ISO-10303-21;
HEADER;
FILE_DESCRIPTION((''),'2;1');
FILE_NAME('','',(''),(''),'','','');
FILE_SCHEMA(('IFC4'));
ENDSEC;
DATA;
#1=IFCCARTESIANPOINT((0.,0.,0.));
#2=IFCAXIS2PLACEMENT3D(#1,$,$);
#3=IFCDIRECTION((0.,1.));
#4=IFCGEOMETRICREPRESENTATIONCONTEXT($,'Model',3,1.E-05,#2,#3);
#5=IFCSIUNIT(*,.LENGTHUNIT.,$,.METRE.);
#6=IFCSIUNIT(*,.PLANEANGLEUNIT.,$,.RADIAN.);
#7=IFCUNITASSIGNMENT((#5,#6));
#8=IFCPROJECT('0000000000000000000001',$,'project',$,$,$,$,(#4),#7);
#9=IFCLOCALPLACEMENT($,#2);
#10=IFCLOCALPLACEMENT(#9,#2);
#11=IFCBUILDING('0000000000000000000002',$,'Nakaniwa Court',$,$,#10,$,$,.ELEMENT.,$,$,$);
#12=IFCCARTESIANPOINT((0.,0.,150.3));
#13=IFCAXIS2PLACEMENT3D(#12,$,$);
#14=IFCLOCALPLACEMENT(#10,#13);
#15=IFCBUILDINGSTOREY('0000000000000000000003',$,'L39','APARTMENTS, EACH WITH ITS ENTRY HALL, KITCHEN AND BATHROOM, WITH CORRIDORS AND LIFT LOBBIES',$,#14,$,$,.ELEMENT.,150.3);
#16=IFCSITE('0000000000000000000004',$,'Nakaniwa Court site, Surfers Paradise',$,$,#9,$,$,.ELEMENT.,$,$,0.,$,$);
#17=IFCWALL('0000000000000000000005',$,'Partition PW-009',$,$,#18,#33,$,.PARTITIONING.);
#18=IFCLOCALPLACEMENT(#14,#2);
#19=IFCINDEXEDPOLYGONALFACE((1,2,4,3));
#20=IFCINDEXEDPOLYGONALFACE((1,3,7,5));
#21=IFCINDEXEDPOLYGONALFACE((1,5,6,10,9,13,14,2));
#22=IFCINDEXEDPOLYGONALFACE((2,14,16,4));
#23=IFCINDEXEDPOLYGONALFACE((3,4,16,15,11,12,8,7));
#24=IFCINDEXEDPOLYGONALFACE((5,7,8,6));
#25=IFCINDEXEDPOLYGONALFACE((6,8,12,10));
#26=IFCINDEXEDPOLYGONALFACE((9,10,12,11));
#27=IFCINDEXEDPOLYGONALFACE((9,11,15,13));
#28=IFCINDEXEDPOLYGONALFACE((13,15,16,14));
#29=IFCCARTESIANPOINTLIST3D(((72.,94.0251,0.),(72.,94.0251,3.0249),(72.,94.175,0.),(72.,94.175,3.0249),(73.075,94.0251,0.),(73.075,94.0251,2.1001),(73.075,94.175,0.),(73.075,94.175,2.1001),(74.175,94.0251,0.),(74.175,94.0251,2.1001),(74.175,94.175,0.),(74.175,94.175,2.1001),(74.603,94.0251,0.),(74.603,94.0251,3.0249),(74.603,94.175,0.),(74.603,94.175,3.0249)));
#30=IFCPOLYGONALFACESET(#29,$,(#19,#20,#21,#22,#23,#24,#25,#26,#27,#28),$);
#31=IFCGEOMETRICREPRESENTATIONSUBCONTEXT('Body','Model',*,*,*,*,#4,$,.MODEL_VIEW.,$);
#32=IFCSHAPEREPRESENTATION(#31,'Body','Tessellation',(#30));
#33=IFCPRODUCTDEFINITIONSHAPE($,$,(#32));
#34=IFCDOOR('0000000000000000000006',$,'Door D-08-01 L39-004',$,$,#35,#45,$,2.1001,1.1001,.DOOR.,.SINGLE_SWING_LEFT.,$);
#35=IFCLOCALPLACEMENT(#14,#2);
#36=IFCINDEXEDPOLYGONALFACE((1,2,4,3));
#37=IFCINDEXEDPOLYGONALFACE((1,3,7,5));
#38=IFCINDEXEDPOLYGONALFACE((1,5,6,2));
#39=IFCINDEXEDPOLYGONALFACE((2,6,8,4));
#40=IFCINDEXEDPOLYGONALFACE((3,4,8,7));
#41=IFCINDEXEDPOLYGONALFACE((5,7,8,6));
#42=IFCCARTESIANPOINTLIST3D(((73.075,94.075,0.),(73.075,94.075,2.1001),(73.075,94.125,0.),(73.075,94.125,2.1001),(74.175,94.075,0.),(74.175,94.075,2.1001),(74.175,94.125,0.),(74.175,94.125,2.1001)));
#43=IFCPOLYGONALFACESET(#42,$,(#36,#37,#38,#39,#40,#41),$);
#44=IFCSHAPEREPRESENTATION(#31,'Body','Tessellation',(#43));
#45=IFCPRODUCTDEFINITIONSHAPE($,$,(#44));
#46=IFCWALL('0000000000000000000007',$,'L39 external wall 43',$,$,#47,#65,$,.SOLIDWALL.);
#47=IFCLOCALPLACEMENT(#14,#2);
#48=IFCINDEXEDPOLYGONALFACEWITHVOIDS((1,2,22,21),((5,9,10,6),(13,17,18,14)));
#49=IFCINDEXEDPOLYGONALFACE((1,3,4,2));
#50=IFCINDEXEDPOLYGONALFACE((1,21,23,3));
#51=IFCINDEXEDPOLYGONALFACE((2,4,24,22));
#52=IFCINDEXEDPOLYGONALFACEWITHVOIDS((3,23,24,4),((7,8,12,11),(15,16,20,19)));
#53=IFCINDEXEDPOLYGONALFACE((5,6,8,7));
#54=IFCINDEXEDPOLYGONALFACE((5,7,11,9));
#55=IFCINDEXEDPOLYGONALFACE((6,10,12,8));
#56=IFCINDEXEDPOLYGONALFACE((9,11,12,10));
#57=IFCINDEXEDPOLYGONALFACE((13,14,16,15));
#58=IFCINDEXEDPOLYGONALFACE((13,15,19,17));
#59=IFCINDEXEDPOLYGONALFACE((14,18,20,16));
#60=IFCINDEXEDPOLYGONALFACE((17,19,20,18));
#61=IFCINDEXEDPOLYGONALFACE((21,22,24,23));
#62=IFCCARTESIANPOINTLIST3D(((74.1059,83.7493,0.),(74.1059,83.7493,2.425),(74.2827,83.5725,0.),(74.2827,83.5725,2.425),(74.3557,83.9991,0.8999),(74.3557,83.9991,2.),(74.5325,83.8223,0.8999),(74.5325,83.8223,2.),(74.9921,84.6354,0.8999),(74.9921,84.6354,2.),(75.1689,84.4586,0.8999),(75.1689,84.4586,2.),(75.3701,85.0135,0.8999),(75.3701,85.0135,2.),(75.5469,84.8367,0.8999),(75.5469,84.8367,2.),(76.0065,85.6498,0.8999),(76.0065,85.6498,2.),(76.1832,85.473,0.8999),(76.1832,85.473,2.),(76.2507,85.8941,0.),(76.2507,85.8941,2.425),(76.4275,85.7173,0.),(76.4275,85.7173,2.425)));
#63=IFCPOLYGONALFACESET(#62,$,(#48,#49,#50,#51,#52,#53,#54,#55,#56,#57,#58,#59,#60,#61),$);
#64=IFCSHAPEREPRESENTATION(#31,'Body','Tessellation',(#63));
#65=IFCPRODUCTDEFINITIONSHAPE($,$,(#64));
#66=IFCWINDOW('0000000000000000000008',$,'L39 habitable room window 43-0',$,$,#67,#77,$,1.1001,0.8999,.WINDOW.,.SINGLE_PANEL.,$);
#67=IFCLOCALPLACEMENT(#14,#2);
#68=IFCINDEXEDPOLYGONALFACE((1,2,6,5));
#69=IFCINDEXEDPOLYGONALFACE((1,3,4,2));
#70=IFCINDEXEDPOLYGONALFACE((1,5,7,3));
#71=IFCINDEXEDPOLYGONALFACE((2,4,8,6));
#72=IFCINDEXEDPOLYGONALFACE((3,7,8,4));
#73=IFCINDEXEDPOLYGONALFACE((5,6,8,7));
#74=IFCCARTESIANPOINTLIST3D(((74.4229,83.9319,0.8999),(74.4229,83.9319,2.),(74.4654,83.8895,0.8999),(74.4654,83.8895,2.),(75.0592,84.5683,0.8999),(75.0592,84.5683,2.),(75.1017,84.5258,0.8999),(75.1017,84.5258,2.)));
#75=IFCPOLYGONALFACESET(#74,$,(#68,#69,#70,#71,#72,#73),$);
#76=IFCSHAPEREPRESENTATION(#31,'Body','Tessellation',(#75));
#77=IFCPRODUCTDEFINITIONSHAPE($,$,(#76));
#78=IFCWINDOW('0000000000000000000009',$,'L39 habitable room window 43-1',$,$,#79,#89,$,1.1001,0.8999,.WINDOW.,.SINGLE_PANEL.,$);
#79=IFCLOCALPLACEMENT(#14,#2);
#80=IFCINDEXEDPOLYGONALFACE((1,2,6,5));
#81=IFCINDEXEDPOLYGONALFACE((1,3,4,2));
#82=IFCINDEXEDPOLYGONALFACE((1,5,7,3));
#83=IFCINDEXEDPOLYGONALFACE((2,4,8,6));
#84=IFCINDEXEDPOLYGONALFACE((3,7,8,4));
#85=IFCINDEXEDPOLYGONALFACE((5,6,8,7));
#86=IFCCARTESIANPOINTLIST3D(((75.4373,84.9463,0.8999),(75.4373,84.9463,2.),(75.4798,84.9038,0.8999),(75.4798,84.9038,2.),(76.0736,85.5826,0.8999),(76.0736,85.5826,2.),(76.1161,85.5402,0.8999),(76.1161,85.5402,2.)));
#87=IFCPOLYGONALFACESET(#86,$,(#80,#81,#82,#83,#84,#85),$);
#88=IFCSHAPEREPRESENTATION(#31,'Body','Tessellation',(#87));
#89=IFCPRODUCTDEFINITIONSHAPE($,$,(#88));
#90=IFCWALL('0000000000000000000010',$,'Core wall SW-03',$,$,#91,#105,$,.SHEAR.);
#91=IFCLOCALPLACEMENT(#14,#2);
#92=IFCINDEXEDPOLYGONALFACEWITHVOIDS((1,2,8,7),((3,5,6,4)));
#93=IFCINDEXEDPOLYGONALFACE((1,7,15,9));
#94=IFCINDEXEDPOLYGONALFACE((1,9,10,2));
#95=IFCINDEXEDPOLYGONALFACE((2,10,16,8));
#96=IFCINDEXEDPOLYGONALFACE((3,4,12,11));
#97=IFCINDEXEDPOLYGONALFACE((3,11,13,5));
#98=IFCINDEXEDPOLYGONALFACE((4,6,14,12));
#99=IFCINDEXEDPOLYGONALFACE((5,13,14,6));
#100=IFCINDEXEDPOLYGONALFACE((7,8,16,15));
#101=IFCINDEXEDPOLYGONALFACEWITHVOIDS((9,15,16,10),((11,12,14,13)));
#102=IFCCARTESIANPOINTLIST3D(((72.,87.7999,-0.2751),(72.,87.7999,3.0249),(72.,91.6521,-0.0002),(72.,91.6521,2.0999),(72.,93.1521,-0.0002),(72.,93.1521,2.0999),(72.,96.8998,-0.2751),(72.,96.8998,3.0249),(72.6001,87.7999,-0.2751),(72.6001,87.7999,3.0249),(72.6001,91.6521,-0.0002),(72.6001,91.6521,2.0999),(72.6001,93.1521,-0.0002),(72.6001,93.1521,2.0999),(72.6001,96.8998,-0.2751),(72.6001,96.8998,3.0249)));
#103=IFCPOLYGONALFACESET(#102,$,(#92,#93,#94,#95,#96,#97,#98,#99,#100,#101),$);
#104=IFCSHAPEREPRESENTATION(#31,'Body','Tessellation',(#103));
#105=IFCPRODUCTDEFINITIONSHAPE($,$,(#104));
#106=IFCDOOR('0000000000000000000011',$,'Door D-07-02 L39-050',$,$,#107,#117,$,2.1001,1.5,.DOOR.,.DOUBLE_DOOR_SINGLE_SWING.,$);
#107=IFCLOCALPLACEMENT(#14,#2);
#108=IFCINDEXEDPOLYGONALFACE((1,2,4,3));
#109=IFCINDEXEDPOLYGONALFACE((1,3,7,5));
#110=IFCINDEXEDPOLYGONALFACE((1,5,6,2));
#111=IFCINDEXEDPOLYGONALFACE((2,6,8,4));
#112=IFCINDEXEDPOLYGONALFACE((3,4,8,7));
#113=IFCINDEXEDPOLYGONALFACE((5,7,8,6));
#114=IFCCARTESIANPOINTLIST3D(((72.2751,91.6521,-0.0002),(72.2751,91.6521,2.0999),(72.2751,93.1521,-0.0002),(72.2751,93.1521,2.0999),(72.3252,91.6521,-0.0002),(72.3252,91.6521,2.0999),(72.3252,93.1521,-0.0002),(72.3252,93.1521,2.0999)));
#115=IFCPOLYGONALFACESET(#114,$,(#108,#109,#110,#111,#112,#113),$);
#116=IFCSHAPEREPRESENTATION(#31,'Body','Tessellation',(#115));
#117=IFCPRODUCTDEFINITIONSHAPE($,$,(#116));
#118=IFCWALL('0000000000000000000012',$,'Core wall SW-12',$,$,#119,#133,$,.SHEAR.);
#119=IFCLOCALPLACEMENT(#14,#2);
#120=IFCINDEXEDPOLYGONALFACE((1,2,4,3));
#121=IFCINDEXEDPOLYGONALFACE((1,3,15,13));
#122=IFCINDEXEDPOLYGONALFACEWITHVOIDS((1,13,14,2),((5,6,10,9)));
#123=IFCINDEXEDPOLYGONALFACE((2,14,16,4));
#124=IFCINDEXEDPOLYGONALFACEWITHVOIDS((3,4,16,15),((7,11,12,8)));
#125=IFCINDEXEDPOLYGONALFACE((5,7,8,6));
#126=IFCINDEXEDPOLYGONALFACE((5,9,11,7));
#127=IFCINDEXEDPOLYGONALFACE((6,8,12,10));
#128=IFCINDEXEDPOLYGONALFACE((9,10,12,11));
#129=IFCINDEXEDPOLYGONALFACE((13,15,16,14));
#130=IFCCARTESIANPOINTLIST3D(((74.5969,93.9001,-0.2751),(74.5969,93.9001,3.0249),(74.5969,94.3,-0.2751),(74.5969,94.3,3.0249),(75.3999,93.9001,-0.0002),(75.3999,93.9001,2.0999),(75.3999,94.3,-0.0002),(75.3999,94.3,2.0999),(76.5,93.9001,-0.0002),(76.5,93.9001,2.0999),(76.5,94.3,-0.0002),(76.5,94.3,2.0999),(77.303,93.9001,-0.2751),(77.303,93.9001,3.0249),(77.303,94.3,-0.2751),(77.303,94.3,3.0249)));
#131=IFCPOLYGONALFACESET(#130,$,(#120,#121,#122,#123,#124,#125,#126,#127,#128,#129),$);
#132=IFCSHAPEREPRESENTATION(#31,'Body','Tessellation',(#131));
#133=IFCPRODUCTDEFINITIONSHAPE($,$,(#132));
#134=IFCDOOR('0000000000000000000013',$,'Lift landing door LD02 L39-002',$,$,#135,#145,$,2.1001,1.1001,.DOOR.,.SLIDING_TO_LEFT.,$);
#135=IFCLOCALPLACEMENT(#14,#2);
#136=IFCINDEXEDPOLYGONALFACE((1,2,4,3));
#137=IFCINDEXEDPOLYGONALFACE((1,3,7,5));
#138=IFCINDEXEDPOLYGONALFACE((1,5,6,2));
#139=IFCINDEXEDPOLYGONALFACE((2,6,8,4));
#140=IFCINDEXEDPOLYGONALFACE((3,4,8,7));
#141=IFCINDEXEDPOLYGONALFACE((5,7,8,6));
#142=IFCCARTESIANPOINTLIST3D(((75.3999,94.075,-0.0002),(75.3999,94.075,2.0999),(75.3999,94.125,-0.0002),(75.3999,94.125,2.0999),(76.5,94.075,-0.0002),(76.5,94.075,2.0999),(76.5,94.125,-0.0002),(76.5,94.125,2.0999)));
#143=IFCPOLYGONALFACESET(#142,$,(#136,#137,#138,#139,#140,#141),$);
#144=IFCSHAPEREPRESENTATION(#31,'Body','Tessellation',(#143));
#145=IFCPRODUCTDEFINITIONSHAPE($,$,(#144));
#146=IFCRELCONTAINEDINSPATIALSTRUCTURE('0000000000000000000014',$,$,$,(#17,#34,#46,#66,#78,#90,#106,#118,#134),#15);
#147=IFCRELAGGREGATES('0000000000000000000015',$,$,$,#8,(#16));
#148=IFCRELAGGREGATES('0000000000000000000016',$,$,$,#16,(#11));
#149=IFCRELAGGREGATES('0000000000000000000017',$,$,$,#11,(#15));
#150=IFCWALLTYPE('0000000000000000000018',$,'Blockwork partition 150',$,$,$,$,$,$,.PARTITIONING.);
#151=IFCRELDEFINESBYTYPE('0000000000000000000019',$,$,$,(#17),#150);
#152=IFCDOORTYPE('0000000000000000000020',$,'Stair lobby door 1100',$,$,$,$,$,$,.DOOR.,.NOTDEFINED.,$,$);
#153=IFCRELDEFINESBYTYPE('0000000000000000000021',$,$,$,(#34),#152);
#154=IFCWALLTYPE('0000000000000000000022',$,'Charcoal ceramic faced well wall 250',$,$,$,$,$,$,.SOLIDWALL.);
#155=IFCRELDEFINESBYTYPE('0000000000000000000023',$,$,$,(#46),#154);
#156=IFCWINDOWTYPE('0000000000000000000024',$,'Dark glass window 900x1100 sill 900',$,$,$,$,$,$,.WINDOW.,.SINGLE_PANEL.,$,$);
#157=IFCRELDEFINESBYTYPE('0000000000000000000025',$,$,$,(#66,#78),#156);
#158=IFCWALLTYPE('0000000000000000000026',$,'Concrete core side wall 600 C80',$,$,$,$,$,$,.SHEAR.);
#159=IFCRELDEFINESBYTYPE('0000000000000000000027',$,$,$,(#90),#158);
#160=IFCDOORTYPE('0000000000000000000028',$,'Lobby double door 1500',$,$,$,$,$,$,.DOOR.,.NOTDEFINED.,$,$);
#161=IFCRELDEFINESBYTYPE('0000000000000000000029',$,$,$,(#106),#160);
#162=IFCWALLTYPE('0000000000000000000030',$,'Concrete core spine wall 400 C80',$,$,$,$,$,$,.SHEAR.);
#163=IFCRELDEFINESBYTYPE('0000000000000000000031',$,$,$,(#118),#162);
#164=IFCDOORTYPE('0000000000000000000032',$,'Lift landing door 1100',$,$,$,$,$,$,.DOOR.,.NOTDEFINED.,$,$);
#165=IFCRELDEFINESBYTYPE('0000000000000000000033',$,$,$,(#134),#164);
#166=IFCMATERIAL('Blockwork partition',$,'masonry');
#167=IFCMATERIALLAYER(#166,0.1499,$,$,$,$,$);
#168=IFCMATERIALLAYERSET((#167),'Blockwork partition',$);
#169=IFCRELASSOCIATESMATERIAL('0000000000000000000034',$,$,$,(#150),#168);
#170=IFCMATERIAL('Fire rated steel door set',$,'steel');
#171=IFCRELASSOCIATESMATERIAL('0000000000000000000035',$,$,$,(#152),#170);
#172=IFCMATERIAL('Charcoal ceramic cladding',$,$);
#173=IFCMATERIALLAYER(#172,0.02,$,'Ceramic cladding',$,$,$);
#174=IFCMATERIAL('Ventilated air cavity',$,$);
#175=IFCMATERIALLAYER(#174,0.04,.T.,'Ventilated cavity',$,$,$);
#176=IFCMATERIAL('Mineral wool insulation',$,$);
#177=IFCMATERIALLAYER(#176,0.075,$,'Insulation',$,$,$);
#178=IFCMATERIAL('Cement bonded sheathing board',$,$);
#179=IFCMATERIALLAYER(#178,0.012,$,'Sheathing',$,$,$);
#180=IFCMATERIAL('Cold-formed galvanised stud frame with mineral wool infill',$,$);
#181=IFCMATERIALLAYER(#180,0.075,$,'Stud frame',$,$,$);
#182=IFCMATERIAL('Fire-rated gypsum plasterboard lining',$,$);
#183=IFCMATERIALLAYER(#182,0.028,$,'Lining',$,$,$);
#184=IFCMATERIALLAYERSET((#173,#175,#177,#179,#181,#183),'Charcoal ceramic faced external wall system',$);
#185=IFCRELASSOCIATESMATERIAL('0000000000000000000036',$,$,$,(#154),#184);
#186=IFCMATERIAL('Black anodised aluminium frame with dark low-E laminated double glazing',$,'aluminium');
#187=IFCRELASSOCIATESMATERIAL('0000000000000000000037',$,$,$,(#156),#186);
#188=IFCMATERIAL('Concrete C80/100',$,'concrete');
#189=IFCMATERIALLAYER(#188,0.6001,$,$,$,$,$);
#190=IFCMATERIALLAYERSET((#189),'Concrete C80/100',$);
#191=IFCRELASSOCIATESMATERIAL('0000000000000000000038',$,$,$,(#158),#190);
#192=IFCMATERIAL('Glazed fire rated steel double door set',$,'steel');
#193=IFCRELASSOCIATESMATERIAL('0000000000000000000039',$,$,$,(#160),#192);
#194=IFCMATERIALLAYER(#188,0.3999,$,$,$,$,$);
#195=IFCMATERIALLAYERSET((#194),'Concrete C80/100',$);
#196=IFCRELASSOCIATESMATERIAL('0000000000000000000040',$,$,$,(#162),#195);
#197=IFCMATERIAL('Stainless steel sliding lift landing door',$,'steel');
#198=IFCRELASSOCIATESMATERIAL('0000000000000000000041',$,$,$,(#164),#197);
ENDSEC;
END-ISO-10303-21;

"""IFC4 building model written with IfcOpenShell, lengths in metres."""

from ifc_helpers import new_model, si_unit, direction, frame, frame_2d, origin, place, context, subcontext, project, spatial, rectangle, extrude, material, layer, layer_set, type_object, element, fill, save


model = new_model("IFC4")

# Units and contexts
model_context = context("Model", 3, precision=1e-05, world=origin(), true_north=direction((0.0, 1.0)))
body_context = subcontext(model_context, "Body", "Model", "MODEL_VIEW")
ifc_project = project(units=[si_unit("LENGTHUNIT", "METRE"), si_unit("PLANEANGLEUNIT", "RADIAN")], contexts=[model_context])

# Site, building, storey
site_placement = place(None, origin())
site = spatial("IfcSite", under=ifc_project, at=site_placement, Name="Nakaniwa Court site, Surfers Paradise", CompositionType="ELEMENT", RefElevation=0.0)
building_placement = place(site_placement, origin())
building = spatial("IfcBuilding", under=site, at=building_placement, Name="Nakaniwa Court", CompositionType="ELEMENT")
storey_placement = place(building_placement, frame((0.0, 0.0, 150.3)))
storey = spatial("IfcBuildingStorey", under=building, at=storey_placement, Name="L39", Description="APARTMENTS, EACH WITH ITS ENTRY HALL, KITCHEN AND BATHROOM, WITH CORRIDORS AND LIFT LOBBIES", CompositionType="ELEMENT", Elevation=150.3)

# Shared definitions
ifc_material_1 = material(Name="Concrete C80/100", Category="concrete")

# Shared definitions
ifc_material_2 = material(Name="Blockwork partition", Category="masonry")
ifc_layer_1 = layer(ifc_material_2, 0.1499)
ifc_layer_set_1 = layer_set([ifc_layer_1], Name="Blockwork partition")
wall_type_1 = type_object("IfcWallType", Name="Blockwork partition 150", PredefinedType="PARTITIONING", material=ifc_layer_set_1)

# Wall, opening, door
wall_1_placement = place(storey_placement, frame((72.0, 94.1001, 0.0), z_axis=(0.0, 0.0, 1.0), x_axis=(1.0, 0.0, 0.0)))
wall_1 = element("IfcWall", 1, at=wall_1_placement, inside=storey, type_object=wall_type_1, Name="Partition PW-009", PredefinedType="PARTITIONING", context=body_context, shape_type="SweptSolid", body=[
    extrude(rectangle(XDim=2.603, YDim=0.1499, at=frame_2d((1.3015, 0.0))), origin(), (0.0, 0.0, 1.0), 3.0249),
])
opening_1_placement = place(wall_1_placement, frame((1.075, 0.0, 0.0)))
opening_1 = element("IfcOpeningElement", 2, at=opening_1_placement, cuts=wall_1, PredefinedType="OPENING", context=body_context, shape_type="SweptSolid", body=[
    extrude(rectangle(XDim=1.1001, YDim=2.1001, at=frame_2d((0.55, 1.05))), frame((0.0, 0.085, 0.0), z_axis=(0.0, -1.0, 0.0), x_axis=(1.0, 0.0, 0.0)), (0.0, 0.0, 1.0), 0.1699),
])
ifc_material_3 = material(Name="Fire rated steel door set", Category="steel")
door_type_1 = type_object("IfcDoorType", Name="Stair lobby door 1100", OperationType="NOTDEFINED", PredefinedType="DOOR", material=ifc_material_3)
door_1_placement = place(opening_1_placement, origin())
door_1 = element("IfcDoor", 3, at=door_1_placement, inside=storey, type_object=door_type_1, Name="Door D-08-01 L39-004", OperationType="SINGLE_SWING_LEFT", OverallHeight=2.1001, OverallWidth=1.1001, PredefinedType="DOOR", context=body_context, shape_type="SweptSolid", body=[
    extrude(rectangle(XDim=1.1001, YDim=2.1001, at=frame_2d((0.55, 1.05))), frame((0.0, 0.0249, 0.0), z_axis=(0.0, -1.0, 0.0), x_axis=(1.0, 0.0, 0.0)), (0.0, 0.0, 1.0), 0.05),
])
fill(opening_1, door_1)

# Wall, openings, windows
ifc_material_4 = material(Name="Charcoal ceramic cladding")
ifc_layer_2 = layer(ifc_material_4, 0.02, Name="Ceramic cladding")
ifc_material_5 = material(Name="Ventilated air cavity")
ifc_layer_3 = layer(ifc_material_5, 0.04, ventilated=True, Name="Ventilated cavity")
ifc_material_6 = material(Name="Mineral wool insulation")
ifc_layer_4 = layer(ifc_material_6, 0.075, Name="Insulation")
ifc_material_7 = material(Name="Cement bonded sheathing board")
ifc_layer_5 = layer(ifc_material_7, 0.012, Name="Sheathing")
ifc_material_8 = material(Name="Cold-formed galvanised stud frame with mineral wool infill")
ifc_layer_6 = layer(ifc_material_8, 0.075, Name="Stud frame")
ifc_material_9 = material(Name="Fire-rated gypsum plasterboard lining")
ifc_layer_7 = layer(ifc_material_9, 0.028, Name="Lining")
ifc_layer_set_2 = layer_set([ifc_layer_2, ifc_layer_3, ifc_layer_4, ifc_layer_5, ifc_layer_6, ifc_layer_7], Name="Charcoal ceramic faced external wall system")
wall_type_2 = type_object("IfcWallType", Name="Charcoal ceramic faced well wall 250", PredefinedType="SOLIDWALL", material=ifc_layer_set_2)
wall_2_placement = place(storey_placement, frame((74.1943, 83.6609, 0.0), z_axis=(0.0, 0.0, 1.0), x_axis=(0.707107, 0.707107, 0.0)))
wall_2 = element("IfcWall", 4, at=wall_2_placement, inside=storey, type_object=wall_type_2, Name="L39 external wall 43", PredefinedType="SOLIDWALL", context=body_context, shape_type="SweptSolid", body=[
    extrude(rectangle(XDim=3.0332, YDim=0.25, at=frame_2d((1.5166, 0.0))), origin(), (0.0, 0.0, 1.0), 2.425),
])
opening_2_placement = place(wall_2_placement, frame((0.3533, 0.0, 0.8999)))
opening_2 = element("IfcOpeningElement", 5, at=opening_2_placement, cuts=wall_2, PredefinedType="OPENING", context=body_context, shape_type="SweptSolid", body=[
    extrude(rectangle(XDim=0.8999, YDim=1.1001, at=frame_2d((0.45, 0.55))), frame((0.0, 0.135, 0.0), z_axis=(0.0, -1.0, 0.0), x_axis=(1.0, 0.0, 0.0)), (0.0, 0.0, 1.0), 0.27),
])
opening_3_placement = place(wall_2_placement, frame((1.7878, 0.0, 0.8999)))
opening_3 = element("IfcOpeningElement", 6, at=opening_3_placement, cuts=wall_2, PredefinedType="OPENING", context=body_context, shape_type="SweptSolid", body=[
    extrude(rectangle(XDim=0.8999, YDim=1.1001, at=frame_2d((0.45, 0.55))), frame((0.0, 0.135, 0.0), z_axis=(0.0, -1.0, 0.0), x_axis=(1.0, 0.0, 0.0)), (0.0, 0.0, 1.0), 0.27),
])
ifc_material_10 = material(Name="Black anodised aluminium frame with dark low-E laminated double glazing", Category="aluminium")
window_type = type_object("IfcWindowType", Name="Dark glass window 900x1100 sill 900", PartitioningType="SINGLE_PANEL", PredefinedType="WINDOW", material=ifc_material_10)
window_1_placement = place(opening_2_placement, origin())
window_1 = element("IfcWindow", 7, at=window_1_placement, inside=storey, type_object=window_type, Name="L39 habitable room window 43-0", OverallHeight=1.1001, OverallWidth=0.8999, PartitioningType="SINGLE_PANEL", PredefinedType="WINDOW", context=body_context, shape_type="SweptSolid", body=[
    extrude(rectangle(XDim=0.8999, YDim=1.1001, at=frame_2d((0.45, 0.55))), frame((0.0, 0.03, 0.0), z_axis=(0.0, -1.0, 0.0), x_axis=(1.0, 0.0, 0.0)), (0.0, 0.0, 1.0), 0.0601),
])
fill(opening_2, window_1)
window_2_placement = place(opening_3_placement, origin())
window_2 = element("IfcWindow", 8, at=window_2_placement, inside=storey, type_object=window_type, Name="L39 habitable room window 43-1", OverallHeight=1.1001, OverallWidth=0.8999, PartitioningType="SINGLE_PANEL", PredefinedType="WINDOW", context=body_context, shape_type="SweptSolid", body=[
    extrude(rectangle(XDim=0.8999, YDim=1.1001, at=frame_2d((0.45, 0.55))), frame((0.0, 0.03, 0.0), z_axis=(0.0, -1.0, 0.0), x_axis=(1.0, 0.0, 0.0)), (0.0, 0.0, 1.0), 0.0601),
])
fill(opening_3, window_2)

# Walls, openings, doors
ifc_layer_8 = layer(ifc_material_1, 0.6001)
ifc_layer_set_3 = layer_set([ifc_layer_8], Name="Concrete C80/100")
wall_type_3 = type_object("IfcWallType", Name="Concrete core side wall 600 C80", PredefinedType="SHEAR", material=ifc_layer_set_3)
wall_3_placement = place(storey_placement, frame((72.3, 87.8, -0.2751), z_axis=(0.0, 0.0, 1.0), x_axis=(0.0, 1.0, 0.0)))
wall_3 = element("IfcWall", 9, at=wall_3_placement, inside=storey, type_object=wall_type_3, Name="Core wall SW-03", PredefinedType="SHEAR", context=body_context, shape_type="SweptSolid", body=[
    extrude(rectangle(XDim=9.0999, YDim=0.6001, at=frame_2d((4.5498, 0.0))), origin(), (0.0, 0.0, 1.0), 3.3),
])
opening_4_placement = place(wall_3_placement, frame((3.8521, 0.0, 0.2749)))
opening_4 = element("IfcOpeningElement", 10, at=opening_4_placement, cuts=wall_3, PredefinedType="OPENING", context=body_context, shape_type="SweptSolid", body=[
    extrude(rectangle(XDim=1.5, YDim=2.1001, at=frame_2d((0.75, 1.05))), frame((0.0, 0.3101, 0.0), z_axis=(0.0, -1.0, 0.0), x_axis=(1.0, 0.0, 0.0)), (0.0, 0.0, 1.0), 0.6201),
])
ifc_material_11 = material(Name="Glazed fire rated steel double door set", Category="steel")
door_type_2 = type_object("IfcDoorType", Name="Lobby double door 1500", OperationType="NOTDEFINED", PredefinedType="DOOR", material=ifc_material_11)
door_2_placement = place(opening_4_placement, origin())
door_2 = element("IfcDoor", 11, at=door_2_placement, inside=storey, type_object=door_type_2, Name="Door D-07-02 L39-050", OperationType="DOUBLE_DOOR_SINGLE_SWING", OverallHeight=2.1001, OverallWidth=1.5, PredefinedType="DOOR", context=body_context, shape_type="SweptSolid", body=[
    extrude(rectangle(XDim=1.5, YDim=2.1001, at=frame_2d((0.75, 1.05))), frame((0.0, 0.0249, 0.0), z_axis=(0.0, -1.0, 0.0), x_axis=(1.0, 0.0, 0.0)), (0.0, 0.0, 1.0), 0.05),
])
fill(opening_4, door_2)
ifc_layer_9 = layer(ifc_material_1, 0.3999)
ifc_layer_set_4 = layer_set([ifc_layer_9], Name="Concrete C80/100")
wall_type_4 = type_object("IfcWallType", Name="Concrete core spine wall 400 C80", PredefinedType="SHEAR", material=ifc_layer_set_4)
wall_4_placement = place(storey_placement, frame((74.5969, 94.1001, -0.2751), z_axis=(0.0, 0.0, 1.0), x_axis=(1.0, 0.0, 0.0)))
wall_4 = element("IfcWall", 12, at=wall_4_placement, inside=storey, type_object=wall_type_4, Name="Core wall SW-12", PredefinedType="SHEAR", context=body_context, shape_type="SweptSolid", body=[
    extrude(rectangle(XDim=2.7061, YDim=0.3999, at=frame_2d((1.353, 0.0))), origin(), (0.0, 0.0, 1.0), 3.3),
])
opening_5_placement = place(wall_4_placement, frame((0.803, 0.0, 0.2749)))
opening_5 = element("IfcOpeningElement", 13, at=opening_5_placement, cuts=wall_4, PredefinedType="OPENING", context=body_context, shape_type="SweptSolid", body=[
    extrude(rectangle(XDim=1.1001, YDim=2.1001, at=frame_2d((0.55, 1.05))), frame((0.0, 0.21, 0.0), z_axis=(0.0, -1.0, 0.0), x_axis=(1.0, 0.0, 0.0)), (0.0, 0.0, 1.0), 0.4199),
])
ifc_material_12 = material(Name="Stainless steel sliding lift landing door", Category="steel")
door_type_3 = type_object("IfcDoorType", Name="Lift landing door 1100", OperationType="NOTDEFINED", PredefinedType="DOOR", material=ifc_material_12)
door_3_placement = place(opening_5_placement, origin())
door_3 = element("IfcDoor", 14, at=door_3_placement, inside=storey, type_object=door_type_3, Name="Lift landing door LD02 L39-002", OperationType="SLIDING_TO_LEFT", OverallHeight=2.1001, OverallWidth=1.1001, PredefinedType="DOOR", context=body_context, shape_type="SweptSolid", body=[
    extrude(rectangle(XDim=1.1001, YDim=2.1001, at=frame_2d((0.55, 1.05))), frame((0.0, 0.0249, 0.0), z_axis=(0.0, -1.0, 0.0), x_axis=(1.0, 0.0, 0.0)), (0.0, 0.0, 1.0), 0.05),
])
fill(opening_5, door_3)

save(model, "model.ifc")
